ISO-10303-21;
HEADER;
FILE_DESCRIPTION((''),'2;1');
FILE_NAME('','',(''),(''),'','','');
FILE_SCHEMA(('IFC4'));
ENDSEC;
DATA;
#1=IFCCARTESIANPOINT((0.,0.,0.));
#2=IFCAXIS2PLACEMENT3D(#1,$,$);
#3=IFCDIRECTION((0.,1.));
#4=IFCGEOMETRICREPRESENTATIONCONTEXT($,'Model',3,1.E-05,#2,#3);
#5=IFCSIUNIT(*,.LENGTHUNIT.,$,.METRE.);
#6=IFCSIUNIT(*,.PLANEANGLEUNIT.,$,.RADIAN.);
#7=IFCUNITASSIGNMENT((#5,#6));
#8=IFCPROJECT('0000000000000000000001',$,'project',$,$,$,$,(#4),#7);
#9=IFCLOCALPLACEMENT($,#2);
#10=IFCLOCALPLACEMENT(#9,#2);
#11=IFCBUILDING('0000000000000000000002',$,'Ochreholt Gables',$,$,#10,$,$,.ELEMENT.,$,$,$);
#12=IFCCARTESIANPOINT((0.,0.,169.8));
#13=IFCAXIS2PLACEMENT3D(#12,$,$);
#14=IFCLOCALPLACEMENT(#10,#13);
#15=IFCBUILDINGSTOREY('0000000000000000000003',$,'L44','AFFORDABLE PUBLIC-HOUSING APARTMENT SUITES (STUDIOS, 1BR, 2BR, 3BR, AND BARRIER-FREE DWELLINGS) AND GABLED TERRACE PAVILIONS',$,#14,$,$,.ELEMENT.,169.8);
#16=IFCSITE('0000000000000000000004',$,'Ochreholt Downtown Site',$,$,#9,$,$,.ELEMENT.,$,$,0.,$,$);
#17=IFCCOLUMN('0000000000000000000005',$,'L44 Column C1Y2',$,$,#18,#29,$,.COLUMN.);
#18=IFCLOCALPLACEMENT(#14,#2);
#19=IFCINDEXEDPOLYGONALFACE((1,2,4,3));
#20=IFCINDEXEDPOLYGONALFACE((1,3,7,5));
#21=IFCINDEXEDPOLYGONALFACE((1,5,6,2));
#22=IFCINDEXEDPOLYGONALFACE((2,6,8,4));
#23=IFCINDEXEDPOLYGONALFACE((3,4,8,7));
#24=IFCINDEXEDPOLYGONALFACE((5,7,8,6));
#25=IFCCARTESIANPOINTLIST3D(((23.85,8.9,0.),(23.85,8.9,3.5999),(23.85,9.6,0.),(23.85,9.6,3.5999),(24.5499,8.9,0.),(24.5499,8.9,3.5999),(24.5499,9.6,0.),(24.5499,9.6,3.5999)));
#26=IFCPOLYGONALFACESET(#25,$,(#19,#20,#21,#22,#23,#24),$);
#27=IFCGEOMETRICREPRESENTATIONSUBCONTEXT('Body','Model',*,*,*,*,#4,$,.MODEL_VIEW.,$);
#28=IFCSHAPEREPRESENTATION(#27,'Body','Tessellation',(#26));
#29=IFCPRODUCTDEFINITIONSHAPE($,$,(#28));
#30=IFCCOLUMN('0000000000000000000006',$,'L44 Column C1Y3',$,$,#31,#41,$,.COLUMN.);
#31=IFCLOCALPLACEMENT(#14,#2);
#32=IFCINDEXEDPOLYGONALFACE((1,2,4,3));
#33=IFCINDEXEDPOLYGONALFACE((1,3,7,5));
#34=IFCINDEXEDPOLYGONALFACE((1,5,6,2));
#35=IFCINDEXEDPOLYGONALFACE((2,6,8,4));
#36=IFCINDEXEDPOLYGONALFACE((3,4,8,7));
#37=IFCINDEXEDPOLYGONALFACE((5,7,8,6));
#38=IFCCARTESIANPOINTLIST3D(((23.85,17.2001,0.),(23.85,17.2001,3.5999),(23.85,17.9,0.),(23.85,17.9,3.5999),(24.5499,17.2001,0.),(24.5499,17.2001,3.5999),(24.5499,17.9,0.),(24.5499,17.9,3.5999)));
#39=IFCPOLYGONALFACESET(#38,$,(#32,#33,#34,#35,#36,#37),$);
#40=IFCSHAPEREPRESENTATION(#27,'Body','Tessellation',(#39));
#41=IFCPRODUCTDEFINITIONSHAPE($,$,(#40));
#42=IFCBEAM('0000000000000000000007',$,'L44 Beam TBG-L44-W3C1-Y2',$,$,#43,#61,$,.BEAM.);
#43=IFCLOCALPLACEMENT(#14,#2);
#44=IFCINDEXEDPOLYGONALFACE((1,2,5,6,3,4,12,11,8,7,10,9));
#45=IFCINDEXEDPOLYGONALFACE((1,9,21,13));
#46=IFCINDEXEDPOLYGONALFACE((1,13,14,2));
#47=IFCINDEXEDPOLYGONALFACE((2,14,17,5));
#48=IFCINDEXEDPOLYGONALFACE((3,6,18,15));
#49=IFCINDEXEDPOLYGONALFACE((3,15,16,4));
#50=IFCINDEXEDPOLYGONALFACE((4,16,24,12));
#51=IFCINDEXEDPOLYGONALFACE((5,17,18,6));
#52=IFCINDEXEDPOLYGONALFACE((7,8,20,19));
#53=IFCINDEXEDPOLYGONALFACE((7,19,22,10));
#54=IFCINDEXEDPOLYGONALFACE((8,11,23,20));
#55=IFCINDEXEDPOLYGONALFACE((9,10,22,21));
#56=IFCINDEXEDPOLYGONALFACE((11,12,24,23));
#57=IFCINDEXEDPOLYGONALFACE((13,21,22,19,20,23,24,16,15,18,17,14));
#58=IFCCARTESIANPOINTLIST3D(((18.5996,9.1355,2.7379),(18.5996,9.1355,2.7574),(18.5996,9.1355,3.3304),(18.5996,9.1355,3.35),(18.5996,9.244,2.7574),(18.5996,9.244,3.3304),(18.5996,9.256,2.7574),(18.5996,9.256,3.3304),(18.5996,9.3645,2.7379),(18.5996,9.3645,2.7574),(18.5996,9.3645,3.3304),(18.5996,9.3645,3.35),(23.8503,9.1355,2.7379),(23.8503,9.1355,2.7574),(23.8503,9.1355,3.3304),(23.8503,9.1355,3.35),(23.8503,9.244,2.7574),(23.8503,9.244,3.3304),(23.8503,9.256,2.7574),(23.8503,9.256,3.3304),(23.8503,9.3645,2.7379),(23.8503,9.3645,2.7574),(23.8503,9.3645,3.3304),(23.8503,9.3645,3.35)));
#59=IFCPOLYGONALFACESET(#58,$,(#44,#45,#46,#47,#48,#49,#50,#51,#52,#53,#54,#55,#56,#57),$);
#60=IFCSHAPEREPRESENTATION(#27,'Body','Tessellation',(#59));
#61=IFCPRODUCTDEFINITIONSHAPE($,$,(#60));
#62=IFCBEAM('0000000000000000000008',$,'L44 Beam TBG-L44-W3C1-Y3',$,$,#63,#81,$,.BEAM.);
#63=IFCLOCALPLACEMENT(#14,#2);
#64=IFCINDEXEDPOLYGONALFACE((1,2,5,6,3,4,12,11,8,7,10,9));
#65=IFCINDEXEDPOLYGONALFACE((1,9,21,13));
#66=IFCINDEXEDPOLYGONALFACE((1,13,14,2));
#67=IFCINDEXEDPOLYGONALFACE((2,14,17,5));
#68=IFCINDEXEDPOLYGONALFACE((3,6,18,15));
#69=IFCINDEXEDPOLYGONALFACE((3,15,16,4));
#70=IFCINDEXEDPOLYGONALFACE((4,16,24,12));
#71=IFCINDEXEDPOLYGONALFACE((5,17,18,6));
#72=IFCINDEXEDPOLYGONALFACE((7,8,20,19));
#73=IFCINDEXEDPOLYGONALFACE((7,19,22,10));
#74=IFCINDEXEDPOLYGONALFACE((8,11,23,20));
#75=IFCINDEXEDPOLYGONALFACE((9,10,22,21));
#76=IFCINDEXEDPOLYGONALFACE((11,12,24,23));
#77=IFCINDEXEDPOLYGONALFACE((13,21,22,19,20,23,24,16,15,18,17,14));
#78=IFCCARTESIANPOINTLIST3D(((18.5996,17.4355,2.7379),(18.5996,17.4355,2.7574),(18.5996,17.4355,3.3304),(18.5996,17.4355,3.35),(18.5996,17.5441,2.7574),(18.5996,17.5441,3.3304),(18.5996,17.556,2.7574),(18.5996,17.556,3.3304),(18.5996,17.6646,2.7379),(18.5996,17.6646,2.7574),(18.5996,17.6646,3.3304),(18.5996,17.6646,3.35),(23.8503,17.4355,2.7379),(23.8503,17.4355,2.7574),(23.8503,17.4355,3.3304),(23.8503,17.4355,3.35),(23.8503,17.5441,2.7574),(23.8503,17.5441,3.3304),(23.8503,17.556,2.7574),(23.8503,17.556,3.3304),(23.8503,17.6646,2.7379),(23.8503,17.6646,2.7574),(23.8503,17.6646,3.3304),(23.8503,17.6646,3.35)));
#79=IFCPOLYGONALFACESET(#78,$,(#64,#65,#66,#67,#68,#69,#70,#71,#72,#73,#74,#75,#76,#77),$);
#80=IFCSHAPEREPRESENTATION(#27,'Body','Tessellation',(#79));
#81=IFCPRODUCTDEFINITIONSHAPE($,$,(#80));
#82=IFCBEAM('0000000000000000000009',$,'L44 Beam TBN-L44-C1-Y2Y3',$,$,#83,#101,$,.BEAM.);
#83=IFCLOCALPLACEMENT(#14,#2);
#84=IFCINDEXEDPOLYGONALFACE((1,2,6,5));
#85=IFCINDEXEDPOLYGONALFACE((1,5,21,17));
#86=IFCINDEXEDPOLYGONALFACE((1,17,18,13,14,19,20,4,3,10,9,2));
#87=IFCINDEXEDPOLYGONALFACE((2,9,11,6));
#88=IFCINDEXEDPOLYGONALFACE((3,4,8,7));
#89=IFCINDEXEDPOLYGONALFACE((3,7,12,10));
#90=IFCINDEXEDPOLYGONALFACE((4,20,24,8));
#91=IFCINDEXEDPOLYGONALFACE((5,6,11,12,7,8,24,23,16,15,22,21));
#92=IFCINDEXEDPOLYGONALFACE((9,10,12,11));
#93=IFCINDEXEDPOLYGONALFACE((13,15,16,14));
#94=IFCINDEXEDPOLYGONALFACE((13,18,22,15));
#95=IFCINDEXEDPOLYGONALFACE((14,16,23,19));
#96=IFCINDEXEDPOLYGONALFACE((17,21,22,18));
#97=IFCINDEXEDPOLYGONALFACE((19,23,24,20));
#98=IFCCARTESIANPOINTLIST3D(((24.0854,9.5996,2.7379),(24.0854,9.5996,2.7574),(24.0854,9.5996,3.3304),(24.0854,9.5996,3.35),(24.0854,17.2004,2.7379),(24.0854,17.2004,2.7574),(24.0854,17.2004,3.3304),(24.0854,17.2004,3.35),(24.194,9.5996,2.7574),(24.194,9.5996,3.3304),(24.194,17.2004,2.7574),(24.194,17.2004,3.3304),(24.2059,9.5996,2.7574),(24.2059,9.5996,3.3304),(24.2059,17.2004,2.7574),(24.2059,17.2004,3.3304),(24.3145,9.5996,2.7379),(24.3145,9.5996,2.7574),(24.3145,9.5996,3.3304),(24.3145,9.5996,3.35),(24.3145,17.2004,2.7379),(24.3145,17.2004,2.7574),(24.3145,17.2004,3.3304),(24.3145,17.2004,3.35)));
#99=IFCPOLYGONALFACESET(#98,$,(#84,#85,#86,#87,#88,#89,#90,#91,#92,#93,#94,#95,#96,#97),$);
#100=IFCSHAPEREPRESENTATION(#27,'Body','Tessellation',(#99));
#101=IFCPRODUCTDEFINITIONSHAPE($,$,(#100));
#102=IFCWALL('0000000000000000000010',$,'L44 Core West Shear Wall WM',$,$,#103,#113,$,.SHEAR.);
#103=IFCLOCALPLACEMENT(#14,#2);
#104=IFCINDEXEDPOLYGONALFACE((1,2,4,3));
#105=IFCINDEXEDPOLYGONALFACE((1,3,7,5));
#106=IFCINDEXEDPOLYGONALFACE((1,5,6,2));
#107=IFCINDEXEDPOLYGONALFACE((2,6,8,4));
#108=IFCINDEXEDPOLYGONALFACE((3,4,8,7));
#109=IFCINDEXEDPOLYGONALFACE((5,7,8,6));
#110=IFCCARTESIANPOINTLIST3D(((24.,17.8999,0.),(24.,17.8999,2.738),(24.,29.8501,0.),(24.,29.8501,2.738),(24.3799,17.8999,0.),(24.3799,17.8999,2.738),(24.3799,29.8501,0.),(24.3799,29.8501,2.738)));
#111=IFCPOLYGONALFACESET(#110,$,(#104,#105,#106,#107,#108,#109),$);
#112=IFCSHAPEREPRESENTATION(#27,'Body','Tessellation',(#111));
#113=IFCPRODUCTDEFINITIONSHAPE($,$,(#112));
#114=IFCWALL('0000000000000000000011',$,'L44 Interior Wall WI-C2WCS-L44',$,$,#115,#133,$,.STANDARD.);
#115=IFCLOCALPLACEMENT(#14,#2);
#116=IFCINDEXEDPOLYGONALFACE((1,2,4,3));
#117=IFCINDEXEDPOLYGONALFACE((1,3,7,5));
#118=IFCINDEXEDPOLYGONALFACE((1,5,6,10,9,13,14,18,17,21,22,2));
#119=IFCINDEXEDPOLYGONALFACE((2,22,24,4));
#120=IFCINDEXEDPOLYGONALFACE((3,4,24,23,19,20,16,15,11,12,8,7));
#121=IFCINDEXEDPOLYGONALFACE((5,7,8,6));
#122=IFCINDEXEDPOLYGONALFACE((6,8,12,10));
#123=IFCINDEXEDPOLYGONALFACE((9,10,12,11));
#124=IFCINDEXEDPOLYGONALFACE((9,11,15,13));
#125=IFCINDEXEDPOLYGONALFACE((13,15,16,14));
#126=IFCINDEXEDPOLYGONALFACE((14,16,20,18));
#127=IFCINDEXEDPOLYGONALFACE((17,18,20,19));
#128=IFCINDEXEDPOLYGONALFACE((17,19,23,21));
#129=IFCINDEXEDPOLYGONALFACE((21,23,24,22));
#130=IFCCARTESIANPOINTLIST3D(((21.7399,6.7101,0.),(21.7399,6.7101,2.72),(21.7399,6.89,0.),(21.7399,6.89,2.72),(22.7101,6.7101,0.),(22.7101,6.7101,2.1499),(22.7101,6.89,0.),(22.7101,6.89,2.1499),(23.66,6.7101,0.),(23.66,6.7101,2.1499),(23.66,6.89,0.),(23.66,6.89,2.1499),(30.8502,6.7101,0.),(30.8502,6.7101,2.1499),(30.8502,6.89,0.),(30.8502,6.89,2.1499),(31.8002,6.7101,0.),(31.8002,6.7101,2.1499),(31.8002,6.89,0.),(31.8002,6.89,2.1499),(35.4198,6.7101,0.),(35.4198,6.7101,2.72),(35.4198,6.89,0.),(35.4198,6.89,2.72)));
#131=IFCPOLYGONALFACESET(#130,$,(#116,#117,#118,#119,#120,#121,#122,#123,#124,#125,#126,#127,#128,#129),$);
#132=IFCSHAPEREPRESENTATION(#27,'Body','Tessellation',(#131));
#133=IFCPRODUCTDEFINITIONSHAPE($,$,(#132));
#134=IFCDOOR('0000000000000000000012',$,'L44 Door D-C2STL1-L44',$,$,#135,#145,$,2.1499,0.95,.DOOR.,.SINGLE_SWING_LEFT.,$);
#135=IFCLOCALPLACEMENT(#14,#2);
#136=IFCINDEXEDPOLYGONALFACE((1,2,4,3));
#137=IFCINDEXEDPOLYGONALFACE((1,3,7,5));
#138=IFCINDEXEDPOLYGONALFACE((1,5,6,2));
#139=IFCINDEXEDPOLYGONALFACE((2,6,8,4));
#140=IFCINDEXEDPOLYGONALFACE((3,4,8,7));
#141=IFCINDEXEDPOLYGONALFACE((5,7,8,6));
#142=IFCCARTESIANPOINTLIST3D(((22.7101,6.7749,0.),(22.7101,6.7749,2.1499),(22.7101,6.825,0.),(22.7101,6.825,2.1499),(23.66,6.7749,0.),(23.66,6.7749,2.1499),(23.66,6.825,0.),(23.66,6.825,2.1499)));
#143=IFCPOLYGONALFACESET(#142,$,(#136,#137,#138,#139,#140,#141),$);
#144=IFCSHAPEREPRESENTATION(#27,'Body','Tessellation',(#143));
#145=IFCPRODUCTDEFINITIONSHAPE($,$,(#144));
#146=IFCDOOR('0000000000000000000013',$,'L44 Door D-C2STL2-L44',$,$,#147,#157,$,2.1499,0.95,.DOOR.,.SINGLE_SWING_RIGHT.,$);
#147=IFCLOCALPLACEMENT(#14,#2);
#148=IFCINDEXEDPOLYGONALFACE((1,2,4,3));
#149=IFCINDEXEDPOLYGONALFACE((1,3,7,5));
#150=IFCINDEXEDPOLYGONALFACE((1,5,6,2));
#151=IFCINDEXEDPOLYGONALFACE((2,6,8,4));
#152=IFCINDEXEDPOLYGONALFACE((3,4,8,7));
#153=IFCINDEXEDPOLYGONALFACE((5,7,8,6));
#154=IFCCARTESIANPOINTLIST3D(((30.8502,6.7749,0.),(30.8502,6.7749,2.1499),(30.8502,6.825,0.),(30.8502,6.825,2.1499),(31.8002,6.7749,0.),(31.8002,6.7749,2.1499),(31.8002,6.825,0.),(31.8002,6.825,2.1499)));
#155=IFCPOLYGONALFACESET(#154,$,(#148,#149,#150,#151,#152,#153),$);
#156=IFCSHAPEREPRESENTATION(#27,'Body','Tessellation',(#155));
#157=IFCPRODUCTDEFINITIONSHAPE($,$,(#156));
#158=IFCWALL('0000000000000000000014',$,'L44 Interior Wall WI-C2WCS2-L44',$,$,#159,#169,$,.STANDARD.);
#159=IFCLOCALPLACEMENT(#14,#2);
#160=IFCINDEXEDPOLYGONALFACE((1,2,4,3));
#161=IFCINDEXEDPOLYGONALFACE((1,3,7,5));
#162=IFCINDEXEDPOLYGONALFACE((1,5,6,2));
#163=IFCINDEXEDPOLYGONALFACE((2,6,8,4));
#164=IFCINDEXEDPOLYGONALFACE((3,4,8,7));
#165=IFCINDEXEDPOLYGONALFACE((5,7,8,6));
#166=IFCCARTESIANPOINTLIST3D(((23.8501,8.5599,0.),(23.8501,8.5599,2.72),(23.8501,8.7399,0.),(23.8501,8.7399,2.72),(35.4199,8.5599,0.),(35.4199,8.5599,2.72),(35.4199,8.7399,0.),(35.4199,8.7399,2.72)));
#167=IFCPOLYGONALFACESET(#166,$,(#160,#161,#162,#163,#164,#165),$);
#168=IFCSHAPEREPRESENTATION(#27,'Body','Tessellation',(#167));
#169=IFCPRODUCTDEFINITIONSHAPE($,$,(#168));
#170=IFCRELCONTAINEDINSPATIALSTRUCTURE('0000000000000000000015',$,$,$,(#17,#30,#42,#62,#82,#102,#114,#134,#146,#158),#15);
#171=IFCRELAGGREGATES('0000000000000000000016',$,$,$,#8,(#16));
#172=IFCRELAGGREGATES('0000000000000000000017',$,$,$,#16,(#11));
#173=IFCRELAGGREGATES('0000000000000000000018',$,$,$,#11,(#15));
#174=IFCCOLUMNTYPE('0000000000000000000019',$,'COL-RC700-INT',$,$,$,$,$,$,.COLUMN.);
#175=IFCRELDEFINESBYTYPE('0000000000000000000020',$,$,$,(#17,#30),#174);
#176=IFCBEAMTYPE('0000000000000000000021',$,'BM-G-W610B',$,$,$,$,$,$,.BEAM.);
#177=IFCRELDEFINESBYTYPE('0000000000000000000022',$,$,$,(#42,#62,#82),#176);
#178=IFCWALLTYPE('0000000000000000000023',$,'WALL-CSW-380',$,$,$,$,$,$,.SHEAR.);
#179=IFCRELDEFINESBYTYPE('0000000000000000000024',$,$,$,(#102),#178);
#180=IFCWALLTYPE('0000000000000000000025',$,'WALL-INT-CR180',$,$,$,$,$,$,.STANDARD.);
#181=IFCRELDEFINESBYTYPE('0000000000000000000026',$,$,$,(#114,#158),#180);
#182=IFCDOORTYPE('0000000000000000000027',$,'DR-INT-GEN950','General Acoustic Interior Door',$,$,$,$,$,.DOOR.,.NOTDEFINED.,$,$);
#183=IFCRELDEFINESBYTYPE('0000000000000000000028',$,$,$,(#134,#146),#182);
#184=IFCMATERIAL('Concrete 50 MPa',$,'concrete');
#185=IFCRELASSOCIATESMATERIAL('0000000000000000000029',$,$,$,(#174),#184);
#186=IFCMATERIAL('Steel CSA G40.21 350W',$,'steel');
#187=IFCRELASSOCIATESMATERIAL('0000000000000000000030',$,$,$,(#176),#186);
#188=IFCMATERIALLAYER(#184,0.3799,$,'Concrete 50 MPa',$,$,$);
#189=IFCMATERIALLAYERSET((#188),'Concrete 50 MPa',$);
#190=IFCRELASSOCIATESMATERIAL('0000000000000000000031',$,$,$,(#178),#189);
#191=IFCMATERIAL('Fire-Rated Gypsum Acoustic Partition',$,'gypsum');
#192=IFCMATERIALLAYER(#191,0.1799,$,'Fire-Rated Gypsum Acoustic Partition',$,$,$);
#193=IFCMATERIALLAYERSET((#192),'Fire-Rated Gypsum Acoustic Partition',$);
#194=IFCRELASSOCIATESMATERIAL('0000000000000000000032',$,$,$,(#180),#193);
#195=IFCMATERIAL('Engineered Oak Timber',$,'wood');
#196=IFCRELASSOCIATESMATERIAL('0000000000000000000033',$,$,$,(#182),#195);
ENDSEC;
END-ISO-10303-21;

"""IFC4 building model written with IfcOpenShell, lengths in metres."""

from ifc_helpers import new_model, si_unit, direction, frame, frame_2d, origin, origin_2d, place, context, subcontext, project, spatial, rectangle, i_section, extrude, material, layer, layer_set, material_profile, profile_set, type_object, element, fill, save


model = new_model("IFC4")

# Units and contexts
model_context = context("Model", 3, precision=1e-05, world=origin(), true_north=direction((0.0, 1.0)))
body_context = subcontext(model_context, "Body", "Model", "MODEL_VIEW")
ifc_project = project(units=[si_unit("LENGTHUNIT", "METRE"), si_unit("PLANEANGLEUNIT", "RADIAN")], contexts=[model_context])

# Site, building, storey
site_placement = place(None, origin())
site = spatial("IfcSite", under=ifc_project, at=site_placement, Name="Ochreholt Downtown Site", CompositionType="ELEMENT", RefElevation=0.0)
building_placement = place(site_placement, origin())
building = spatial("IfcBuilding", under=site, at=building_placement, Name="Ochreholt Gables", CompositionType="ELEMENT")
storey_placement = place(building_placement, frame((0.0, 0.0, 169.8)))
storey = spatial("IfcBuildingStorey", under=building, at=storey_placement, Name="L44", Description="AFFORDABLE PUBLIC-HOUSING APARTMENT SUITES (STUDIOS, 1BR, 2BR, 3BR, AND BARRIER-FREE DWELLINGS) AND GABLED TERRACE PAVILIONS", CompositionType="ELEMENT", Elevation=169.8)

# Columns
ifc_material_1 = material(Name="Concrete 50 MPa", Category="concrete")
ifc_material_profile_1 = material_profile(ifc_material_1, rectangle(XDim=0.7, YDim=0.7, at=origin_2d()), Name="RC700X700")
ifc_profile_set_1 = profile_set([ifc_material_profile_1], Name="Concrete 50 MPa")
column_type = type_object("IfcColumnType", Name="COL-RC700-INT", PredefinedType="COLUMN", material=ifc_profile_set_1)
for number, where, z_axis, x_axis, name in (
    (1, (24.2, 9.25, 0.0), (0.0, 0.0, 1.0), (1.0, 0.0, 0.0), "L44 Column C1Y2"),
    (2, (24.2, 17.55, 0.0), (0.0, 0.0, 1.0), (1.0, 0.0, 0.0), "L44 Column C1Y3"),
):
    element("IfcColumn", number, at=place(storey_placement, frame(where, z_axis=z_axis, x_axis=x_axis)), inside=storey, type_object=column_type, Name=name, PredefinedType="COLUMN", context=body_context, shape_type="SweptSolid", body=[
        extrude(rectangle(XDim=0.7, YDim=0.7, at=origin_2d()), origin(), (0.0, 0.0, 1.0), 3.5999),
    ])

# Beams
ifc_material_2 = material(Name="Steel CSA G40.21 350W", Category="steel")
ifc_material_profile_2 = material_profile(ifc_material_2, i_section(OverallWidth=0.229, OverallDepth=0.6121, WebThickness=0.012, FlangeThickness=0.0195, at=origin_2d()), Name="W610X125")
ifc_profile_set_2 = profile_set([ifc_material_profile_2], Name="Steel CSA G40.21 350W")
beam_type = type_object("IfcBeamType", Name="BM-G-W610B", PredefinedType="BEAM", material=ifc_profile_set_2)
for number, where, z_axis, x_axis, name in (
    (3, (18.5996, 9.25, 3.0439), (1.0, 0.0, 0.0), (0.0, 1.0, 0.0), "L44 Beam TBG-L44-W3C1-Y2"),
    (4, (18.5996, 17.55, 3.0439), (1.0, 0.0, 0.0), (0.0, 1.0, 0.0), "L44 Beam TBG-L44-W3C1-Y3"),
):
    element("IfcBeam", number, at=place(storey_placement, frame(where, z_axis=z_axis, x_axis=x_axis)), inside=storey, type_object=beam_type, Name=name, PredefinedType="BEAM", context=body_context, shape_type="SweptSolid", body=[
        extrude(i_section(OverallWidth=0.229, OverallDepth=0.6121, WebThickness=0.012, FlangeThickness=0.0195, at=origin_2d()), origin(), (0.0, 0.0, 1.0), 5.2507),
    ])
beam_placement = place(storey_placement, frame((24.2, 9.5996, 3.0439), z_axis=(0.0, 1.0, 0.0), x_axis=(-1.0, 0.0, 0.0)))
element("IfcBeam", 5, at=beam_placement, inside=storey, type_object=beam_type, Name="L44 Beam TBN-L44-C1-Y2Y3", PredefinedType="BEAM", context=body_context, shape_type="SweptSolid", body=[
    extrude(i_section(OverallWidth=0.229, OverallDepth=0.6121, WebThickness=0.012, FlangeThickness=0.0195, at=origin_2d()), origin(), (0.0, 0.0, 1.0), 7.6008),
])

# Wall
ifc_layer_1 = layer(ifc_material_1, 0.3799, Name="Concrete 50 MPa")
ifc_layer_set_1 = layer_set([ifc_layer_1], Name="Concrete 50 MPa")
wall_type_1 = type_object("IfcWallType", Name="WALL-CSW-380", PredefinedType="SHEAR", material=ifc_layer_set_1)
wall_1_placement = place(storey_placement, frame((24.1899, 17.8999, 0.0), z_axis=(0.0, 0.0, 1.0), x_axis=(0.0, 1.0, 0.0)))
element("IfcWall", 6, at=wall_1_placement, inside=storey, type_object=wall_type_1, Name="L44 Core West Shear Wall WM", PredefinedType="SHEAR", context=body_context, shape_type="SweptSolid", body=[
    extrude(rectangle(XDim=11.9502, YDim=0.3799, at=frame_2d((5.9751, 0.0))), origin(), (0.0, 0.0, 1.0), 2.738),
])

# Wall, openings, doors
ifc_material_3 = material(Name="Fire-Rated Gypsum Acoustic Partition", Category="gypsum")
ifc_layer_2 = layer(ifc_material_3, 0.1799, Name="Fire-Rated Gypsum Acoustic Partition")
ifc_layer_set_2 = layer_set([ifc_layer_2], Name="Fire-Rated Gypsum Acoustic Partition")
wall_type_2 = type_object("IfcWallType", Name="WALL-INT-CR180", PredefinedType="STANDARD", material=ifc_layer_set_2)
wall_2_placement = place(storey_placement, frame((21.74, 6.8, 0.0), z_axis=(0.0, 0.0, 1.0), x_axis=(1.0, 0.0, 0.0)))
wall_2 = element("IfcWall", 7, at=wall_2_placement, inside=storey, type_object=wall_type_2, Name="L44 Interior Wall WI-C2WCS-L44", PredefinedType="STANDARD", context=body_context, shape_type="SweptSolid", body=[
    extrude(rectangle(XDim=13.6799, YDim=0.1799, at=frame_2d((6.8398, 0.0))), origin(), (0.0, 0.0, 1.0), 2.72),
])
opening_1_placement = place(wall_2_placement, frame((0.97, 0.0, 0.0)))
opening_1 = element("IfcOpeningElement", 8, at=opening_1_placement, cuts=wall_2, PredefinedType="OPENING", context=body_context, shape_type="SweptSolid", body=[
    extrude(rectangle(XDim=0.95, YDim=2.1499, at=frame_2d((0.4751, 1.075))), frame((0.0, 0.0999, 0.0), z_axis=(0.0, -1.0, 0.0), x_axis=(1.0, 0.0, 0.0)), (0.0, 0.0, 1.0), 0.2),
])
opening_2_placement = place(wall_2_placement, frame((9.1101, 0.0, 0.0)))
opening_2 = element("IfcOpeningElement", 9, at=opening_2_placement, cuts=wall_2, PredefinedType="OPENING", context=body_context, shape_type="SweptSolid", body=[
    extrude(rectangle(XDim=0.95, YDim=2.1499, at=frame_2d((0.4751, 1.075))), frame((0.0, 0.0999, 0.0), z_axis=(0.0, -1.0, 0.0), x_axis=(1.0, 0.0, 0.0)), (0.0, 0.0, 1.0), 0.2),
])
ifc_material_4 = material(Name="Engineered Oak Timber", Category="wood")
door_type = type_object("IfcDoorType", Name="DR-INT-GEN950", Description="General Acoustic Interior Door", OperationType="NOTDEFINED", PredefinedType="DOOR", material=ifc_material_4)
door_1_placement = place(opening_1_placement, origin())
door_1 = element("IfcDoor", 10, at=door_1_placement, inside=storey, type_object=door_type, Name="L44 Door D-C2STL1-L44", OperationType="SINGLE_SWING_LEFT", OverallHeight=2.1499, OverallWidth=0.95, PredefinedType="DOOR", context=body_context, shape_type="SweptSolid", body=[
    extrude(rectangle(XDim=0.95, YDim=2.1499, at=frame_2d((0.4751, 1.075))), frame((0.0, 0.0249, 0.0), z_axis=(0.0, -1.0, 0.0), x_axis=(1.0, 0.0, 0.0)), (0.0, 0.0, 1.0), 0.05),
])
fill(opening_1, door_1)
door_2_placement = place(opening_2_placement, origin())
door_2 = element("IfcDoor", 11, at=door_2_placement, inside=storey, type_object=door_type, Name="L44 Door D-C2STL2-L44", OperationType="SINGLE_SWING_RIGHT", OverallHeight=2.1499, OverallWidth=0.95, PredefinedType="DOOR", context=body_context, shape_type="SweptSolid", body=[
    extrude(rectangle(XDim=0.95, YDim=2.1499, at=frame_2d((0.4751, 1.075))), frame((0.0, 0.0249, 0.0), z_axis=(0.0, -1.0, 0.0), x_axis=(1.0, 0.0, 0.0)), (0.0, 0.0, 1.0), 0.05),
])
fill(opening_2, door_2)

# Wall
wall_3_placement = place(storey_placement, frame((23.8501, 8.6499, 0.0), z_axis=(0.0, 0.0, 1.0), x_axis=(1.0, 0.0, 0.0)))
element("IfcWall", 12, at=wall_3_placement, inside=storey, type_object=wall_type_2, Name="L44 Interior Wall WI-C2WCS2-L44", PredefinedType="STANDARD", context=body_context, shape_type="SweptSolid", body=[
    extrude(rectangle(XDim=11.5698, YDim=0.1799, at=frame_2d((5.7849, 0.0))), origin(), (0.0, 0.0, 1.0), 2.72),
])

save(model, "model.ifc")
